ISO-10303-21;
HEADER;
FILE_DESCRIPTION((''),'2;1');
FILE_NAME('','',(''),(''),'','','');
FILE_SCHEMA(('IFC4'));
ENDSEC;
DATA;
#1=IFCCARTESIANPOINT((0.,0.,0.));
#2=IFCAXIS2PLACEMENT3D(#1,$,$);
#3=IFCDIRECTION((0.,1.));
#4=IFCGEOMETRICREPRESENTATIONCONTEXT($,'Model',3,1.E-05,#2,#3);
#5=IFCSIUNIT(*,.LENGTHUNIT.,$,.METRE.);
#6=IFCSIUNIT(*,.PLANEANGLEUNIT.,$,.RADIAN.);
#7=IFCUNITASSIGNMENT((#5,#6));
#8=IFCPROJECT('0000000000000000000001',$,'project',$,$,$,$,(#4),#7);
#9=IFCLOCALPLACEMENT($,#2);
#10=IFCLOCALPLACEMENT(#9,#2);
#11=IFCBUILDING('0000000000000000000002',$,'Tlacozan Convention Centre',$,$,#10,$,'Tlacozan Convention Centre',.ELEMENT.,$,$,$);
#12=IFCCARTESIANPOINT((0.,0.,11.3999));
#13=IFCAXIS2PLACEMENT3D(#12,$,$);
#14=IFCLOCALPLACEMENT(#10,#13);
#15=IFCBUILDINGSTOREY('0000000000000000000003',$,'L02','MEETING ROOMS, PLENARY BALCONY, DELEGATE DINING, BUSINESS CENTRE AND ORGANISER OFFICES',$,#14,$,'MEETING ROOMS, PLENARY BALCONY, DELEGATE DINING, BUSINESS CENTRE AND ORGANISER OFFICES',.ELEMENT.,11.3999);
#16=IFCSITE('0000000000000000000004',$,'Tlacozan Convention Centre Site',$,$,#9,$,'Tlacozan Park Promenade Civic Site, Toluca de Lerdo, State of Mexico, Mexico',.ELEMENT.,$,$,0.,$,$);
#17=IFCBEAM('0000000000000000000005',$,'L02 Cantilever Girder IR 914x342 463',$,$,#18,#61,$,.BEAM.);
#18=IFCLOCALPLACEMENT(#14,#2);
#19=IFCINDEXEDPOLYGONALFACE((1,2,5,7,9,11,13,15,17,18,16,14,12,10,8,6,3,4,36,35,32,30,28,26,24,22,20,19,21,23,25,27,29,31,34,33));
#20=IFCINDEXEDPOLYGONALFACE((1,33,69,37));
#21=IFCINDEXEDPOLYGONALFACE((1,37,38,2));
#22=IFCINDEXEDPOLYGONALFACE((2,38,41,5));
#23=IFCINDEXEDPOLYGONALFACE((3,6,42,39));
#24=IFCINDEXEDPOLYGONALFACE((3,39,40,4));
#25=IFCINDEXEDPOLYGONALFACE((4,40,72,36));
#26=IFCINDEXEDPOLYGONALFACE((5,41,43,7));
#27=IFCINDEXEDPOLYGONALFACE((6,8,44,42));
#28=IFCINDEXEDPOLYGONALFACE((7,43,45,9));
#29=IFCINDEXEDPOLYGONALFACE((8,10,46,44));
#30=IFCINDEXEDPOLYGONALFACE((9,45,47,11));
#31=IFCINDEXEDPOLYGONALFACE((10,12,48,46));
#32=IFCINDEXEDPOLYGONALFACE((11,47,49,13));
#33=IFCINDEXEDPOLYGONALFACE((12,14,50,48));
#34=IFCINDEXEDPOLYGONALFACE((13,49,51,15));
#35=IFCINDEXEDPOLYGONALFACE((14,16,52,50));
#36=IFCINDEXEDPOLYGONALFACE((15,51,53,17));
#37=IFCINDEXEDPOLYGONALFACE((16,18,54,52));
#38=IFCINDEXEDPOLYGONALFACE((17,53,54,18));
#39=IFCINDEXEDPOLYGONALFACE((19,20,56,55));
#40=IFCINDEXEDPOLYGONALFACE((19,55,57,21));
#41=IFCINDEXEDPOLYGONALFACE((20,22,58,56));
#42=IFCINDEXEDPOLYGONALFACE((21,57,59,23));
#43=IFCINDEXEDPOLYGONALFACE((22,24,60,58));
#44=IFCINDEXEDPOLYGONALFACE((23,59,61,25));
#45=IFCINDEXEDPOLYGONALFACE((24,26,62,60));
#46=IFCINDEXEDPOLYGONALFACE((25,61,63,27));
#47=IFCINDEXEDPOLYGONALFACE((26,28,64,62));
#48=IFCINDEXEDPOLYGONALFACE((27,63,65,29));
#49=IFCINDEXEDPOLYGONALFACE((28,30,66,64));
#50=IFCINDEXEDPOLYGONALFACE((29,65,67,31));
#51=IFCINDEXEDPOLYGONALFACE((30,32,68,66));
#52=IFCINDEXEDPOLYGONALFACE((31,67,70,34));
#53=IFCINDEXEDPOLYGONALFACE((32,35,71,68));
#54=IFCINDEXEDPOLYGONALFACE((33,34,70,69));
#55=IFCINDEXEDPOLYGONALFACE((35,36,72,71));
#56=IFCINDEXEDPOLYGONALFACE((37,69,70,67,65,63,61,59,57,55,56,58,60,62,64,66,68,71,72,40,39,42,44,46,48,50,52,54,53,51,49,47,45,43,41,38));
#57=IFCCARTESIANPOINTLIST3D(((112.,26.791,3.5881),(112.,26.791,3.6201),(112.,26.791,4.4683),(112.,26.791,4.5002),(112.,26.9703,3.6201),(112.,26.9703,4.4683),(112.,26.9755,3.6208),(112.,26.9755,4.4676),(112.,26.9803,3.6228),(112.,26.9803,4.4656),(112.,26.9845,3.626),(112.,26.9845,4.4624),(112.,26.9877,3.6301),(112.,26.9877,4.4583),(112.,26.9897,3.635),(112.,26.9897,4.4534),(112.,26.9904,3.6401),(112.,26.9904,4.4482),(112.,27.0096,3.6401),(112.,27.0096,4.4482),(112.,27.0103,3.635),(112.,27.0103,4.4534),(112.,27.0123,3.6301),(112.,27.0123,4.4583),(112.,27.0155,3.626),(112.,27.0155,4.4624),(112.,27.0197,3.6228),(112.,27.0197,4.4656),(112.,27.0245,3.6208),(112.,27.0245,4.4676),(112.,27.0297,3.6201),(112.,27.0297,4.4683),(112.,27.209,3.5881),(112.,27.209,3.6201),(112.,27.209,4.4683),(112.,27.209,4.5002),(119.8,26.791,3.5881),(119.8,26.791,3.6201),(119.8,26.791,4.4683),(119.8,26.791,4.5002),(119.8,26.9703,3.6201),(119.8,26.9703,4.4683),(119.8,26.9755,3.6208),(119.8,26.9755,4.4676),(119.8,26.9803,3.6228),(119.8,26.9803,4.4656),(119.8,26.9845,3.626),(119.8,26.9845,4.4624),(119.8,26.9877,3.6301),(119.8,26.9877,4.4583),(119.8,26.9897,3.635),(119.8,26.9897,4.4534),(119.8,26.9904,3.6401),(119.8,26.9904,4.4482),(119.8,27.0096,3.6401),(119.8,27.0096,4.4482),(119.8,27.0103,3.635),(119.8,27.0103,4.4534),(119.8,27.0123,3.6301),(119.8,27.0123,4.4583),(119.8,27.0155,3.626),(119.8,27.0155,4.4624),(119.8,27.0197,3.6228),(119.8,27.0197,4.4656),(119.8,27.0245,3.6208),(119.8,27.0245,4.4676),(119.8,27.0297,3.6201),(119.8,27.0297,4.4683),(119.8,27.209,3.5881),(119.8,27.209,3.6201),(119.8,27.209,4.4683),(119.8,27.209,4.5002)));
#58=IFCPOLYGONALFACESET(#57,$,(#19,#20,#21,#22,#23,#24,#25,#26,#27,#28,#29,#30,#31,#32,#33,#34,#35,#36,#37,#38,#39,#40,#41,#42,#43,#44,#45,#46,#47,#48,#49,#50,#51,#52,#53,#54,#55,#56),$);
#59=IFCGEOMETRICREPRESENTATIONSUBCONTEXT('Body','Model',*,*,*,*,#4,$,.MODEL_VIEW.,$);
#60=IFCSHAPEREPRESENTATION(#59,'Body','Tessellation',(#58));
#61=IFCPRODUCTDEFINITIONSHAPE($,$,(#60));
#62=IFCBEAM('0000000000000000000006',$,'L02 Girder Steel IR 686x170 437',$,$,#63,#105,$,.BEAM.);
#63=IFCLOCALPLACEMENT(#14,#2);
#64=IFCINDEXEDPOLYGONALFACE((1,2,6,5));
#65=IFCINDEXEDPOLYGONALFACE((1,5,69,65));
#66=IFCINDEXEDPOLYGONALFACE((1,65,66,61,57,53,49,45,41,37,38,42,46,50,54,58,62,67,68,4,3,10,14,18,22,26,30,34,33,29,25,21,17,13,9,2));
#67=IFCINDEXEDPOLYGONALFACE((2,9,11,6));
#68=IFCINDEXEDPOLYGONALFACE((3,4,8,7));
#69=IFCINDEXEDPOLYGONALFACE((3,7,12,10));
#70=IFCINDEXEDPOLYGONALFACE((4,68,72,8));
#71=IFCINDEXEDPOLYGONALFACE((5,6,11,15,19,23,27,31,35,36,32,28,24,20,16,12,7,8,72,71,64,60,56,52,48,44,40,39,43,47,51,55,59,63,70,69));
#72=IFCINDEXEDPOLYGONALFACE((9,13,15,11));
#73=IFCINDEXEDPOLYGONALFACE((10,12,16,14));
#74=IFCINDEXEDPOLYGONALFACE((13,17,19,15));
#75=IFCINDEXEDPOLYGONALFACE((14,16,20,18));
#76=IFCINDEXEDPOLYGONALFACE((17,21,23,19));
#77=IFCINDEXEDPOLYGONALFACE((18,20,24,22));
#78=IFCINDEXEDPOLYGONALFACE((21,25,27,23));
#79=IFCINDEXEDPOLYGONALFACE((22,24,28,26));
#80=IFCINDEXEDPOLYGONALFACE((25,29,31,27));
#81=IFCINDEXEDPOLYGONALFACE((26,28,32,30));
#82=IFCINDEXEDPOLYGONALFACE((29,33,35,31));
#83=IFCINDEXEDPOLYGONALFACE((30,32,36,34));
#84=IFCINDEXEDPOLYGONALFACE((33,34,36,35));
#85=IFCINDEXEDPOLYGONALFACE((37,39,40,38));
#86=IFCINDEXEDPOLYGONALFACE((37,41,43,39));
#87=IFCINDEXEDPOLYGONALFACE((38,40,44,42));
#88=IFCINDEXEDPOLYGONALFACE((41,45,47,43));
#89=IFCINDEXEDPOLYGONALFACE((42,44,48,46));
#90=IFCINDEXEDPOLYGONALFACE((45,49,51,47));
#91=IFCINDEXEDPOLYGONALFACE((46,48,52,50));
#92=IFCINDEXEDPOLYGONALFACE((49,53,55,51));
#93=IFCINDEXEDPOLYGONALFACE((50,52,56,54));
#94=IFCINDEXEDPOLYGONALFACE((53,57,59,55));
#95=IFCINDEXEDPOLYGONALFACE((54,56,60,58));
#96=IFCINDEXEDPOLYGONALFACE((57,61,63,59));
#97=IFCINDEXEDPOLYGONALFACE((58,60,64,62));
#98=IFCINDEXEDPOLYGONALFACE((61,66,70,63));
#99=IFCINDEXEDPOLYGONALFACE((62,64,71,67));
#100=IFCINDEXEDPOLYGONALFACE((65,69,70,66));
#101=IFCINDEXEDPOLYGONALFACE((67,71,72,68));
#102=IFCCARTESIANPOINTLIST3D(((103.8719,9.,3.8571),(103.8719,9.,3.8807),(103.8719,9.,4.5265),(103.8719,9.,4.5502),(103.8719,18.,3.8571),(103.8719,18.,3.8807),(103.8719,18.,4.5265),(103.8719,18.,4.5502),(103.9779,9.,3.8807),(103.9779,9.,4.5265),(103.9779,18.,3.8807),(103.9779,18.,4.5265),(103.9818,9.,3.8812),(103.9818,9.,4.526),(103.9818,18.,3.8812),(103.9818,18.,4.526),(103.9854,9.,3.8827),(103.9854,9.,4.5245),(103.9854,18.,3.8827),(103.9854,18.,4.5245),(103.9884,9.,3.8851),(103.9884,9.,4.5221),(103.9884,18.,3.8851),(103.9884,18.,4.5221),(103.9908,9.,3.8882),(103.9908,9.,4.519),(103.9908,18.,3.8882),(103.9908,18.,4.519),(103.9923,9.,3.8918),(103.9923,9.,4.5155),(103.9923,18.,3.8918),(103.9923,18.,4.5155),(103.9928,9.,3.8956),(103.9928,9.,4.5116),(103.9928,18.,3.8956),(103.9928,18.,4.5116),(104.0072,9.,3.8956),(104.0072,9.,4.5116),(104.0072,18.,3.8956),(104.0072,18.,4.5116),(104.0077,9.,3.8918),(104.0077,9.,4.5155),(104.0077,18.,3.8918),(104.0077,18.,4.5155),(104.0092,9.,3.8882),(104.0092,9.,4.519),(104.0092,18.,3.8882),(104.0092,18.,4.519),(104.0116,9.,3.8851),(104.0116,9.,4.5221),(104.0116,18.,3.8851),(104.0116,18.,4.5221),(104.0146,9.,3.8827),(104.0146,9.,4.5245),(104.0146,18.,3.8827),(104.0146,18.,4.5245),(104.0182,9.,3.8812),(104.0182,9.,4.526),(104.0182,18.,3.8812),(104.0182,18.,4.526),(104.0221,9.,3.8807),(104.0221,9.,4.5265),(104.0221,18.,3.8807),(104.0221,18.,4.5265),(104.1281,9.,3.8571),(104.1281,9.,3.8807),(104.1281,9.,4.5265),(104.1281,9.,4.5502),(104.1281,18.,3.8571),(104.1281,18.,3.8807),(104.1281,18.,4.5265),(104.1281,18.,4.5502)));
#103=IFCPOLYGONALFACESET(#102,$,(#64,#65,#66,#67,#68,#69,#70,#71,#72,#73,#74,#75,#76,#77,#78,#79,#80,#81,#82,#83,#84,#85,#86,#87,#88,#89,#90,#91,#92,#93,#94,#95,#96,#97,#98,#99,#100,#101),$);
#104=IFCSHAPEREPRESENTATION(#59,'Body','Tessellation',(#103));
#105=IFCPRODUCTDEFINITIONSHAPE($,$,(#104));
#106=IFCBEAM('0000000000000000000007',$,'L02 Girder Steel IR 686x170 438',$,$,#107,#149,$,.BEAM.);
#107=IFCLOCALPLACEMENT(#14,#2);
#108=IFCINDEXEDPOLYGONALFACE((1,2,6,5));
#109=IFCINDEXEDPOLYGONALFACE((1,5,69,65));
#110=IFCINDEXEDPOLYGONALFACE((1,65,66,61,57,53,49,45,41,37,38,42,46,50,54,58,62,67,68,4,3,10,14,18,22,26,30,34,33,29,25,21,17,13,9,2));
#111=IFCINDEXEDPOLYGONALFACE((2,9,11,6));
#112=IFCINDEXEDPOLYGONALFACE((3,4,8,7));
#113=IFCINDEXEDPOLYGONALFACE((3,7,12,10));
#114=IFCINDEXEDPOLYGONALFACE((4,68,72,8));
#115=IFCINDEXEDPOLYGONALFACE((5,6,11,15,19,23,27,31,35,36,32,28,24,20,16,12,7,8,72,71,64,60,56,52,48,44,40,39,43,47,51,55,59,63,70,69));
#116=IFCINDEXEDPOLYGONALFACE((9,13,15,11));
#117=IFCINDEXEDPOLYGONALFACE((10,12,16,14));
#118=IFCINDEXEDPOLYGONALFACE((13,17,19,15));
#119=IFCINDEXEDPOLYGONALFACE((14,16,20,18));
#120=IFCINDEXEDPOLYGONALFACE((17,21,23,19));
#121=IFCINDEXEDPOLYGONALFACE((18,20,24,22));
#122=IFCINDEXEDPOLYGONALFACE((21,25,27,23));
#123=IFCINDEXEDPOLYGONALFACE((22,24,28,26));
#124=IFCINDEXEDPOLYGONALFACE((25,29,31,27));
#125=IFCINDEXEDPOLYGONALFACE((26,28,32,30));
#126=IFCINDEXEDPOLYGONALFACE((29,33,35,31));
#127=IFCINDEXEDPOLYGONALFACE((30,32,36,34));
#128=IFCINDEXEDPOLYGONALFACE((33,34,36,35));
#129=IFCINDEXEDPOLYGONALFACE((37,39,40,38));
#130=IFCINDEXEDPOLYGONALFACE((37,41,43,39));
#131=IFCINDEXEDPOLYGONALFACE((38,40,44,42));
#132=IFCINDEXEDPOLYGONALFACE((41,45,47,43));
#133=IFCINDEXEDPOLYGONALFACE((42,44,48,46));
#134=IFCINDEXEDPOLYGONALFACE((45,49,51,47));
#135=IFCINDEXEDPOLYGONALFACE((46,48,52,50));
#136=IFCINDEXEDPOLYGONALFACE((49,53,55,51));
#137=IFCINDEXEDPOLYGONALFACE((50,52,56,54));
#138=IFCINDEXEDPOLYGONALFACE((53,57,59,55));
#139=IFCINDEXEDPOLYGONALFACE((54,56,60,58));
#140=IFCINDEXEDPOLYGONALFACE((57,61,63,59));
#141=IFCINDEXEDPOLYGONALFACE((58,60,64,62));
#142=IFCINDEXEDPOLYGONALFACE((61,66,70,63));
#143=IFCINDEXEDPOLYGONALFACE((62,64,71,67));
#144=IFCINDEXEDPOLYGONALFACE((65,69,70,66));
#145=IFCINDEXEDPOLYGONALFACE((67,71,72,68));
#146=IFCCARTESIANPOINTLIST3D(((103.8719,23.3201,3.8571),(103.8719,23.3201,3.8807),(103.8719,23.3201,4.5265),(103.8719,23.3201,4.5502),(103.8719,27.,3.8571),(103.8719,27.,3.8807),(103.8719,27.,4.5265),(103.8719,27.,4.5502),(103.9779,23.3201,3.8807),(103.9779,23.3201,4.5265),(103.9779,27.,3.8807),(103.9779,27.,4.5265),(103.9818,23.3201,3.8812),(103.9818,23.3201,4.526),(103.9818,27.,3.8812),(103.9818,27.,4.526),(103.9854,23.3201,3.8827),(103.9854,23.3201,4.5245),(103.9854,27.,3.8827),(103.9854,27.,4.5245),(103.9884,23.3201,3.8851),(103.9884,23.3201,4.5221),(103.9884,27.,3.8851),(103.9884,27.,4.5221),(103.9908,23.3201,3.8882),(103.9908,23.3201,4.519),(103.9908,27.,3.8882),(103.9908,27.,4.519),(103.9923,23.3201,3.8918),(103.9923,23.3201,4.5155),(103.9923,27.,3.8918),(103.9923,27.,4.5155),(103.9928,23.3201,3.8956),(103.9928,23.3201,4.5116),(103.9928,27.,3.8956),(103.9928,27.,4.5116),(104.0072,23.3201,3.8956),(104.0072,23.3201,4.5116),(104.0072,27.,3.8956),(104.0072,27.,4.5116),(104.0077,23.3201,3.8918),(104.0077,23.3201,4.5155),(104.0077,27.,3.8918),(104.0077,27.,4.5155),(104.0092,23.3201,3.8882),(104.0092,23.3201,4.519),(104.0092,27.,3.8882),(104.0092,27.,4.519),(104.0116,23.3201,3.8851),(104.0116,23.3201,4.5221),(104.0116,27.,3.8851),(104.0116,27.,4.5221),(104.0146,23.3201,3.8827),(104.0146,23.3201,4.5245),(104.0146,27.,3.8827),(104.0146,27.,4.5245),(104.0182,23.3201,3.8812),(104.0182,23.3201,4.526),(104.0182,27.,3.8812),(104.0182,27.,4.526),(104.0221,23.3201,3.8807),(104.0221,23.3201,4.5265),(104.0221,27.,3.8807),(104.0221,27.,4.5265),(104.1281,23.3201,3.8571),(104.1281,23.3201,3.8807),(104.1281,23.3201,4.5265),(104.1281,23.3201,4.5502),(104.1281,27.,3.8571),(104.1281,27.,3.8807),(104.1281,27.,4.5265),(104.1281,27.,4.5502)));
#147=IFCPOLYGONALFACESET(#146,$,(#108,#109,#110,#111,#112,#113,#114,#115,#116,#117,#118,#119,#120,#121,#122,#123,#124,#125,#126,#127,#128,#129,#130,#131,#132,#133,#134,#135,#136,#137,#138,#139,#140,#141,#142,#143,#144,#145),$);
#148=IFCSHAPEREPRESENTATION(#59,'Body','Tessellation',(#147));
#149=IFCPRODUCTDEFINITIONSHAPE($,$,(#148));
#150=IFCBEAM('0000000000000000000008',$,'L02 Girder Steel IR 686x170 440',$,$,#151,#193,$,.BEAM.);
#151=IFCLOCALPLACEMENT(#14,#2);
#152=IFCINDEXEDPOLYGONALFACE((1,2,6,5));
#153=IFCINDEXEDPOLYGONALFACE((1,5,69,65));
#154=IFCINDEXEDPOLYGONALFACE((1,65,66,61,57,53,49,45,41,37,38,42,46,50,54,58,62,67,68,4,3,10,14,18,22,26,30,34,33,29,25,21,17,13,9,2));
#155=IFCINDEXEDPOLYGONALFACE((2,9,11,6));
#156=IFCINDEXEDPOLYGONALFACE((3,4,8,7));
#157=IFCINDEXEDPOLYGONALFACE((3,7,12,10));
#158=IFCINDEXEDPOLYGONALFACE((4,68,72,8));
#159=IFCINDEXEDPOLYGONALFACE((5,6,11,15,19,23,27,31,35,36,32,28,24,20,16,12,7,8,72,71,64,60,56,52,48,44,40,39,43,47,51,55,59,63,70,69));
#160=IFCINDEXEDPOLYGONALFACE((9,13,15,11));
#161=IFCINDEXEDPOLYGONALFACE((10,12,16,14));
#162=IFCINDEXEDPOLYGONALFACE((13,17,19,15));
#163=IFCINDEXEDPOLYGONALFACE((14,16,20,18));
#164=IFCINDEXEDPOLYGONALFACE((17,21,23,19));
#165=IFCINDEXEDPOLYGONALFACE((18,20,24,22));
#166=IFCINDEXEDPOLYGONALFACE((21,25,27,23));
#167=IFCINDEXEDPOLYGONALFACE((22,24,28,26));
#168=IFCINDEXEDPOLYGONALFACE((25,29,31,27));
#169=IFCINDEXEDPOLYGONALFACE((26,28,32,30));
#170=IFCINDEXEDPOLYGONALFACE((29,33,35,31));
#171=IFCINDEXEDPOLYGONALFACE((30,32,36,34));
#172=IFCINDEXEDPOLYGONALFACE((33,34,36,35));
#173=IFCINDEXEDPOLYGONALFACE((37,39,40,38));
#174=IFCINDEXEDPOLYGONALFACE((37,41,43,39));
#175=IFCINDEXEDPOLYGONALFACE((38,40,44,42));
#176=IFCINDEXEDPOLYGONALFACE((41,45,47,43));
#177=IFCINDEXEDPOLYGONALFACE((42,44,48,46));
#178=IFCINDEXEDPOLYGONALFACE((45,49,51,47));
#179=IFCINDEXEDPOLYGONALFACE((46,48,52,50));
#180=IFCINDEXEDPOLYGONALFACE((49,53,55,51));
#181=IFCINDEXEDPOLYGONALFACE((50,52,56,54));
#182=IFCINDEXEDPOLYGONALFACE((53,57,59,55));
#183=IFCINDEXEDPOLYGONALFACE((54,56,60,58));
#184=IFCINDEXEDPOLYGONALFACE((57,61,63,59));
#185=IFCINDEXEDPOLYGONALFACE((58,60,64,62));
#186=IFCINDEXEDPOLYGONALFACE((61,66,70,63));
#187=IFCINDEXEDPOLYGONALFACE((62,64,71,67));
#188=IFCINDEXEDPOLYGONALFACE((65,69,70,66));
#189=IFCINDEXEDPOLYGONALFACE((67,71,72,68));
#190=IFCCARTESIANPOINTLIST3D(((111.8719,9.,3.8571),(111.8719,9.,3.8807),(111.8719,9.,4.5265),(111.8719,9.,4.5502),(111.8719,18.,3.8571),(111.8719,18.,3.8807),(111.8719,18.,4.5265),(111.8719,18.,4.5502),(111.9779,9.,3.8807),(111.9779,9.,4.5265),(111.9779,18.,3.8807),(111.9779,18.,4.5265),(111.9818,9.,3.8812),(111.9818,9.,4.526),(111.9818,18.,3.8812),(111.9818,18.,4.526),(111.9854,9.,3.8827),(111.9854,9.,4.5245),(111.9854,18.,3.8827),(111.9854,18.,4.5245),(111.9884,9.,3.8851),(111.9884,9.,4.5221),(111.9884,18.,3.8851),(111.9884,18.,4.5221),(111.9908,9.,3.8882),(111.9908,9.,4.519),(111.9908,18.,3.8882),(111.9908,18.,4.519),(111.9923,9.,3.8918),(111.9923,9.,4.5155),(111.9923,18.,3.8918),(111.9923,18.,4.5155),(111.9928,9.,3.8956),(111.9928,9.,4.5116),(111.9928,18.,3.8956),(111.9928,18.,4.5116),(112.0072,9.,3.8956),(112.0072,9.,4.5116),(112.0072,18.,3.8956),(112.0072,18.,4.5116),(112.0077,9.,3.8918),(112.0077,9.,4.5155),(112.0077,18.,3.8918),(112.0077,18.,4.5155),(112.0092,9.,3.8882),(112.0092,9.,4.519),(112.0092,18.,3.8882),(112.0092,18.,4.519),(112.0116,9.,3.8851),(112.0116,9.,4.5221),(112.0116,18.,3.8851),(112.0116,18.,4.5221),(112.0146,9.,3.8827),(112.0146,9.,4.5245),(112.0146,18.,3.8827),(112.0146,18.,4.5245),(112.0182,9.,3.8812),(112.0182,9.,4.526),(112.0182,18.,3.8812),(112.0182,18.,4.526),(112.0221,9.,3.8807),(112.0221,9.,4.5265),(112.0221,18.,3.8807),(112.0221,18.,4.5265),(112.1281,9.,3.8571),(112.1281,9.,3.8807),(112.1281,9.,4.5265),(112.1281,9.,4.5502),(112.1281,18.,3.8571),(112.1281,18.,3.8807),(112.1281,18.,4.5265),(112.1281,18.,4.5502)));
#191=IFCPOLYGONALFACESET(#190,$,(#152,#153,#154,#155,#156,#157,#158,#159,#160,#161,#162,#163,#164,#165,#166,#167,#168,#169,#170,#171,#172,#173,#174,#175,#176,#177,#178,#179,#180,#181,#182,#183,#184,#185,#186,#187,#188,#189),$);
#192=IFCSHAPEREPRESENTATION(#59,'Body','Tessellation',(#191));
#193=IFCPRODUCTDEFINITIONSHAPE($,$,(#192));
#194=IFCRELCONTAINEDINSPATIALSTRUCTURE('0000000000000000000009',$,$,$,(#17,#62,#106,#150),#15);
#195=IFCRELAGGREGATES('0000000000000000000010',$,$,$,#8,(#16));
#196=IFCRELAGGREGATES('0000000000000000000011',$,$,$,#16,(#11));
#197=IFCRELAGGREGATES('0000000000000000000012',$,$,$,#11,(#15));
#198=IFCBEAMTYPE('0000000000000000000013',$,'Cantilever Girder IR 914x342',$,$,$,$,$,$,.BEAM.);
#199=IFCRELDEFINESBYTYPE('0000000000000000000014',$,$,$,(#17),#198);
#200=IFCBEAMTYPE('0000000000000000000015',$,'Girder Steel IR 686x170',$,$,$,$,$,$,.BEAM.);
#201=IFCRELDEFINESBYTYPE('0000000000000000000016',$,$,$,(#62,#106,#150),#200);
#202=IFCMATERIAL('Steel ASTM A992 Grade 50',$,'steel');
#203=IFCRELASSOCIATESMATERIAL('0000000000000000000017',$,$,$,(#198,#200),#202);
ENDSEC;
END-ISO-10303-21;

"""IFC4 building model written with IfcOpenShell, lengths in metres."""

from ifc_helpers import new_model, si_unit, direction, frame, origin, origin_2d, place, context, subcontext, project, spatial, i_section, extrude, material, material_profile, profile_set, type_object, element, save


model = new_model("IFC4")

# Units and contexts
model_context = context("Model", 3, precision=1e-05, world=origin(), true_north=direction((0.0, 1.0)))
body_context = subcontext(model_context, "Body", "Model", "MODEL_VIEW")
ifc_project = project(units=[si_unit("LENGTHUNIT", "METRE"), si_unit("PLANEANGLEUNIT", "RADIAN")], contexts=[model_context])

# Site, building, storey
site_placement = place(None, origin())
site = spatial("IfcSite", under=ifc_project, at=site_placement, Name="Tlacozan Convention Centre Site", LongName="Tlacozan Park Promenade Civic Site, Toluca de Lerdo, State of Mexico, Mexico", CompositionType="ELEMENT", RefElevation=0.0)
building_placement = place(site_placement, origin())
building = spatial("IfcBuilding", under=site, at=building_placement, Name="Tlacozan Convention Centre", LongName="Tlacozan Convention Centre", CompositionType="ELEMENT")
storey_placement = place(building_placement, frame((0.0, 0.0, 11.3999)))
storey = spatial("IfcBuildingStorey", under=building, at=storey_placement, Name="L02", Description="MEETING ROOMS, PLENARY BALCONY, DELEGATE DINING, BUSINESS CENTRE AND ORGANISER OFFICES", LongName="MEETING ROOMS, PLENARY BALCONY, DELEGATE DINING, BUSINESS CENTRE AND ORGANISER OFFICES", CompositionType="ELEMENT", Elevation=11.3999)

# Beams
ifc_material_1 = material(Name="Steel ASTM A992 Grade 50", Category="steel")
ifc_material_profile_1 = material_profile(ifc_material_1, i_section(OverallWidth=0.418, OverallDepth=0.9121, WebThickness=0.0193, FlangeThickness=0.032, FilletRadius=0.02, at=origin_2d()), Name="IR 914x342.0")
ifc_profile_set_1 = profile_set([ifc_material_profile_1], Name="Steel ASTM A992 Grade 50")
beam_type_1 = type_object("IfcBeamType", Name="Cantilever Girder IR 914x342", PredefinedType="BEAM", material=ifc_profile_set_1)
for number, where, z_axis, x_axis, name in (
    (1, (112.0, 27.0, 4.0442), (1.0, 0.0, 0.0), (0.0, 1.0, 0.0), "L02 Cantilever Girder IR 914x342 463"),
):
    element("IfcBeam", number, at=place(storey_placement, frame(where, z_axis=z_axis, x_axis=x_axis)), inside=storey, type_object=beam_type_1, Name=name, PredefinedType="BEAM", context=body_context, shape_type="SweptSolid", body=[
        extrude(i_section(OverallWidth=0.418, OverallDepth=0.9121, WebThickness=0.0193, FlangeThickness=0.032, FilletRadius=0.02, at=origin_2d()), origin(), (0.0, 0.0, 1.0), 7.8),
    ])
ifc_material_profile_2 = material_profile(ifc_material_1, i_section(OverallWidth=0.2561, OverallDepth=0.6931, WebThickness=0.0144, FlangeThickness=0.0237, FilletRadius=0.0149, at=origin_2d()), Name="IR 686x170.0")
ifc_profile_set_2 = profile_set([ifc_material_profile_2], Name="Steel ASTM A992 Grade 50")
beam_type_2 = type_object("IfcBeamType", Name="Girder Steel IR 686x170", PredefinedType="BEAM", material=ifc_profile_set_2)
beam_1_placement = place(storey_placement, frame((104.0, 9.0, 4.2036), z_axis=(0.0, 1.0, 0.0), x_axis=(-1.0, 0.0, 0.0)))
element("IfcBeam", 2, at=beam_1_placement, inside=storey, type_object=beam_type_2, Name="L02 Girder Steel IR 686x170 437", PredefinedType="BEAM", context=body_context, shape_type="SweptSolid", body=[
    extrude(i_section(OverallWidth=0.2561, OverallDepth=0.6931, WebThickness=0.0144, FlangeThickness=0.0237, FilletRadius=0.0149, at=origin_2d()), origin(), (0.0, 0.0, 1.0), 9.0),
])
beam_2_placement = place(storey_placement, frame((104.0, 23.3201, 4.2036), z_axis=(0.0, 1.0, 0.0), x_axis=(-1.0, 0.0, 0.0)))
element("IfcBeam", 3, at=beam_2_placement, inside=storey, type_object=beam_type_2, Name="L02 Girder Steel IR 686x170 438", PredefinedType="BEAM", context=body_context, shape_type="SweptSolid", body=[
    extrude(i_section(OverallWidth=0.2561, OverallDepth=0.6931, WebThickness=0.0144, FlangeThickness=0.0237, FilletRadius=0.0149, at=origin_2d()), origin(), (0.0, 0.0, 1.0), 3.6799),
])
for number, where, z_axis, x_axis, name in (
    (4, (112.0, 9.0, 4.2036), (0.0, 1.0, 0.0), (-1.0, 0.0, 0.0), "L02 Girder Steel IR 686x170 440"),
):
    element("IfcBeam", number, at=place(storey_placement, frame(where, z_axis=z_axis, x_axis=x_axis)), inside=storey, type_object=beam_type_2, Name=name, PredefinedType="BEAM", context=body_context, shape_type="SweptSolid", body=[
        extrude(i_section(OverallWidth=0.2561, OverallDepth=0.6931, WebThickness=0.0144, FlangeThickness=0.0237, FilletRadius=0.0149, at=origin_2d()), origin(), (0.0, 0.0, 1.0), 9.0),
    ])

save(model, "model.ifc")
